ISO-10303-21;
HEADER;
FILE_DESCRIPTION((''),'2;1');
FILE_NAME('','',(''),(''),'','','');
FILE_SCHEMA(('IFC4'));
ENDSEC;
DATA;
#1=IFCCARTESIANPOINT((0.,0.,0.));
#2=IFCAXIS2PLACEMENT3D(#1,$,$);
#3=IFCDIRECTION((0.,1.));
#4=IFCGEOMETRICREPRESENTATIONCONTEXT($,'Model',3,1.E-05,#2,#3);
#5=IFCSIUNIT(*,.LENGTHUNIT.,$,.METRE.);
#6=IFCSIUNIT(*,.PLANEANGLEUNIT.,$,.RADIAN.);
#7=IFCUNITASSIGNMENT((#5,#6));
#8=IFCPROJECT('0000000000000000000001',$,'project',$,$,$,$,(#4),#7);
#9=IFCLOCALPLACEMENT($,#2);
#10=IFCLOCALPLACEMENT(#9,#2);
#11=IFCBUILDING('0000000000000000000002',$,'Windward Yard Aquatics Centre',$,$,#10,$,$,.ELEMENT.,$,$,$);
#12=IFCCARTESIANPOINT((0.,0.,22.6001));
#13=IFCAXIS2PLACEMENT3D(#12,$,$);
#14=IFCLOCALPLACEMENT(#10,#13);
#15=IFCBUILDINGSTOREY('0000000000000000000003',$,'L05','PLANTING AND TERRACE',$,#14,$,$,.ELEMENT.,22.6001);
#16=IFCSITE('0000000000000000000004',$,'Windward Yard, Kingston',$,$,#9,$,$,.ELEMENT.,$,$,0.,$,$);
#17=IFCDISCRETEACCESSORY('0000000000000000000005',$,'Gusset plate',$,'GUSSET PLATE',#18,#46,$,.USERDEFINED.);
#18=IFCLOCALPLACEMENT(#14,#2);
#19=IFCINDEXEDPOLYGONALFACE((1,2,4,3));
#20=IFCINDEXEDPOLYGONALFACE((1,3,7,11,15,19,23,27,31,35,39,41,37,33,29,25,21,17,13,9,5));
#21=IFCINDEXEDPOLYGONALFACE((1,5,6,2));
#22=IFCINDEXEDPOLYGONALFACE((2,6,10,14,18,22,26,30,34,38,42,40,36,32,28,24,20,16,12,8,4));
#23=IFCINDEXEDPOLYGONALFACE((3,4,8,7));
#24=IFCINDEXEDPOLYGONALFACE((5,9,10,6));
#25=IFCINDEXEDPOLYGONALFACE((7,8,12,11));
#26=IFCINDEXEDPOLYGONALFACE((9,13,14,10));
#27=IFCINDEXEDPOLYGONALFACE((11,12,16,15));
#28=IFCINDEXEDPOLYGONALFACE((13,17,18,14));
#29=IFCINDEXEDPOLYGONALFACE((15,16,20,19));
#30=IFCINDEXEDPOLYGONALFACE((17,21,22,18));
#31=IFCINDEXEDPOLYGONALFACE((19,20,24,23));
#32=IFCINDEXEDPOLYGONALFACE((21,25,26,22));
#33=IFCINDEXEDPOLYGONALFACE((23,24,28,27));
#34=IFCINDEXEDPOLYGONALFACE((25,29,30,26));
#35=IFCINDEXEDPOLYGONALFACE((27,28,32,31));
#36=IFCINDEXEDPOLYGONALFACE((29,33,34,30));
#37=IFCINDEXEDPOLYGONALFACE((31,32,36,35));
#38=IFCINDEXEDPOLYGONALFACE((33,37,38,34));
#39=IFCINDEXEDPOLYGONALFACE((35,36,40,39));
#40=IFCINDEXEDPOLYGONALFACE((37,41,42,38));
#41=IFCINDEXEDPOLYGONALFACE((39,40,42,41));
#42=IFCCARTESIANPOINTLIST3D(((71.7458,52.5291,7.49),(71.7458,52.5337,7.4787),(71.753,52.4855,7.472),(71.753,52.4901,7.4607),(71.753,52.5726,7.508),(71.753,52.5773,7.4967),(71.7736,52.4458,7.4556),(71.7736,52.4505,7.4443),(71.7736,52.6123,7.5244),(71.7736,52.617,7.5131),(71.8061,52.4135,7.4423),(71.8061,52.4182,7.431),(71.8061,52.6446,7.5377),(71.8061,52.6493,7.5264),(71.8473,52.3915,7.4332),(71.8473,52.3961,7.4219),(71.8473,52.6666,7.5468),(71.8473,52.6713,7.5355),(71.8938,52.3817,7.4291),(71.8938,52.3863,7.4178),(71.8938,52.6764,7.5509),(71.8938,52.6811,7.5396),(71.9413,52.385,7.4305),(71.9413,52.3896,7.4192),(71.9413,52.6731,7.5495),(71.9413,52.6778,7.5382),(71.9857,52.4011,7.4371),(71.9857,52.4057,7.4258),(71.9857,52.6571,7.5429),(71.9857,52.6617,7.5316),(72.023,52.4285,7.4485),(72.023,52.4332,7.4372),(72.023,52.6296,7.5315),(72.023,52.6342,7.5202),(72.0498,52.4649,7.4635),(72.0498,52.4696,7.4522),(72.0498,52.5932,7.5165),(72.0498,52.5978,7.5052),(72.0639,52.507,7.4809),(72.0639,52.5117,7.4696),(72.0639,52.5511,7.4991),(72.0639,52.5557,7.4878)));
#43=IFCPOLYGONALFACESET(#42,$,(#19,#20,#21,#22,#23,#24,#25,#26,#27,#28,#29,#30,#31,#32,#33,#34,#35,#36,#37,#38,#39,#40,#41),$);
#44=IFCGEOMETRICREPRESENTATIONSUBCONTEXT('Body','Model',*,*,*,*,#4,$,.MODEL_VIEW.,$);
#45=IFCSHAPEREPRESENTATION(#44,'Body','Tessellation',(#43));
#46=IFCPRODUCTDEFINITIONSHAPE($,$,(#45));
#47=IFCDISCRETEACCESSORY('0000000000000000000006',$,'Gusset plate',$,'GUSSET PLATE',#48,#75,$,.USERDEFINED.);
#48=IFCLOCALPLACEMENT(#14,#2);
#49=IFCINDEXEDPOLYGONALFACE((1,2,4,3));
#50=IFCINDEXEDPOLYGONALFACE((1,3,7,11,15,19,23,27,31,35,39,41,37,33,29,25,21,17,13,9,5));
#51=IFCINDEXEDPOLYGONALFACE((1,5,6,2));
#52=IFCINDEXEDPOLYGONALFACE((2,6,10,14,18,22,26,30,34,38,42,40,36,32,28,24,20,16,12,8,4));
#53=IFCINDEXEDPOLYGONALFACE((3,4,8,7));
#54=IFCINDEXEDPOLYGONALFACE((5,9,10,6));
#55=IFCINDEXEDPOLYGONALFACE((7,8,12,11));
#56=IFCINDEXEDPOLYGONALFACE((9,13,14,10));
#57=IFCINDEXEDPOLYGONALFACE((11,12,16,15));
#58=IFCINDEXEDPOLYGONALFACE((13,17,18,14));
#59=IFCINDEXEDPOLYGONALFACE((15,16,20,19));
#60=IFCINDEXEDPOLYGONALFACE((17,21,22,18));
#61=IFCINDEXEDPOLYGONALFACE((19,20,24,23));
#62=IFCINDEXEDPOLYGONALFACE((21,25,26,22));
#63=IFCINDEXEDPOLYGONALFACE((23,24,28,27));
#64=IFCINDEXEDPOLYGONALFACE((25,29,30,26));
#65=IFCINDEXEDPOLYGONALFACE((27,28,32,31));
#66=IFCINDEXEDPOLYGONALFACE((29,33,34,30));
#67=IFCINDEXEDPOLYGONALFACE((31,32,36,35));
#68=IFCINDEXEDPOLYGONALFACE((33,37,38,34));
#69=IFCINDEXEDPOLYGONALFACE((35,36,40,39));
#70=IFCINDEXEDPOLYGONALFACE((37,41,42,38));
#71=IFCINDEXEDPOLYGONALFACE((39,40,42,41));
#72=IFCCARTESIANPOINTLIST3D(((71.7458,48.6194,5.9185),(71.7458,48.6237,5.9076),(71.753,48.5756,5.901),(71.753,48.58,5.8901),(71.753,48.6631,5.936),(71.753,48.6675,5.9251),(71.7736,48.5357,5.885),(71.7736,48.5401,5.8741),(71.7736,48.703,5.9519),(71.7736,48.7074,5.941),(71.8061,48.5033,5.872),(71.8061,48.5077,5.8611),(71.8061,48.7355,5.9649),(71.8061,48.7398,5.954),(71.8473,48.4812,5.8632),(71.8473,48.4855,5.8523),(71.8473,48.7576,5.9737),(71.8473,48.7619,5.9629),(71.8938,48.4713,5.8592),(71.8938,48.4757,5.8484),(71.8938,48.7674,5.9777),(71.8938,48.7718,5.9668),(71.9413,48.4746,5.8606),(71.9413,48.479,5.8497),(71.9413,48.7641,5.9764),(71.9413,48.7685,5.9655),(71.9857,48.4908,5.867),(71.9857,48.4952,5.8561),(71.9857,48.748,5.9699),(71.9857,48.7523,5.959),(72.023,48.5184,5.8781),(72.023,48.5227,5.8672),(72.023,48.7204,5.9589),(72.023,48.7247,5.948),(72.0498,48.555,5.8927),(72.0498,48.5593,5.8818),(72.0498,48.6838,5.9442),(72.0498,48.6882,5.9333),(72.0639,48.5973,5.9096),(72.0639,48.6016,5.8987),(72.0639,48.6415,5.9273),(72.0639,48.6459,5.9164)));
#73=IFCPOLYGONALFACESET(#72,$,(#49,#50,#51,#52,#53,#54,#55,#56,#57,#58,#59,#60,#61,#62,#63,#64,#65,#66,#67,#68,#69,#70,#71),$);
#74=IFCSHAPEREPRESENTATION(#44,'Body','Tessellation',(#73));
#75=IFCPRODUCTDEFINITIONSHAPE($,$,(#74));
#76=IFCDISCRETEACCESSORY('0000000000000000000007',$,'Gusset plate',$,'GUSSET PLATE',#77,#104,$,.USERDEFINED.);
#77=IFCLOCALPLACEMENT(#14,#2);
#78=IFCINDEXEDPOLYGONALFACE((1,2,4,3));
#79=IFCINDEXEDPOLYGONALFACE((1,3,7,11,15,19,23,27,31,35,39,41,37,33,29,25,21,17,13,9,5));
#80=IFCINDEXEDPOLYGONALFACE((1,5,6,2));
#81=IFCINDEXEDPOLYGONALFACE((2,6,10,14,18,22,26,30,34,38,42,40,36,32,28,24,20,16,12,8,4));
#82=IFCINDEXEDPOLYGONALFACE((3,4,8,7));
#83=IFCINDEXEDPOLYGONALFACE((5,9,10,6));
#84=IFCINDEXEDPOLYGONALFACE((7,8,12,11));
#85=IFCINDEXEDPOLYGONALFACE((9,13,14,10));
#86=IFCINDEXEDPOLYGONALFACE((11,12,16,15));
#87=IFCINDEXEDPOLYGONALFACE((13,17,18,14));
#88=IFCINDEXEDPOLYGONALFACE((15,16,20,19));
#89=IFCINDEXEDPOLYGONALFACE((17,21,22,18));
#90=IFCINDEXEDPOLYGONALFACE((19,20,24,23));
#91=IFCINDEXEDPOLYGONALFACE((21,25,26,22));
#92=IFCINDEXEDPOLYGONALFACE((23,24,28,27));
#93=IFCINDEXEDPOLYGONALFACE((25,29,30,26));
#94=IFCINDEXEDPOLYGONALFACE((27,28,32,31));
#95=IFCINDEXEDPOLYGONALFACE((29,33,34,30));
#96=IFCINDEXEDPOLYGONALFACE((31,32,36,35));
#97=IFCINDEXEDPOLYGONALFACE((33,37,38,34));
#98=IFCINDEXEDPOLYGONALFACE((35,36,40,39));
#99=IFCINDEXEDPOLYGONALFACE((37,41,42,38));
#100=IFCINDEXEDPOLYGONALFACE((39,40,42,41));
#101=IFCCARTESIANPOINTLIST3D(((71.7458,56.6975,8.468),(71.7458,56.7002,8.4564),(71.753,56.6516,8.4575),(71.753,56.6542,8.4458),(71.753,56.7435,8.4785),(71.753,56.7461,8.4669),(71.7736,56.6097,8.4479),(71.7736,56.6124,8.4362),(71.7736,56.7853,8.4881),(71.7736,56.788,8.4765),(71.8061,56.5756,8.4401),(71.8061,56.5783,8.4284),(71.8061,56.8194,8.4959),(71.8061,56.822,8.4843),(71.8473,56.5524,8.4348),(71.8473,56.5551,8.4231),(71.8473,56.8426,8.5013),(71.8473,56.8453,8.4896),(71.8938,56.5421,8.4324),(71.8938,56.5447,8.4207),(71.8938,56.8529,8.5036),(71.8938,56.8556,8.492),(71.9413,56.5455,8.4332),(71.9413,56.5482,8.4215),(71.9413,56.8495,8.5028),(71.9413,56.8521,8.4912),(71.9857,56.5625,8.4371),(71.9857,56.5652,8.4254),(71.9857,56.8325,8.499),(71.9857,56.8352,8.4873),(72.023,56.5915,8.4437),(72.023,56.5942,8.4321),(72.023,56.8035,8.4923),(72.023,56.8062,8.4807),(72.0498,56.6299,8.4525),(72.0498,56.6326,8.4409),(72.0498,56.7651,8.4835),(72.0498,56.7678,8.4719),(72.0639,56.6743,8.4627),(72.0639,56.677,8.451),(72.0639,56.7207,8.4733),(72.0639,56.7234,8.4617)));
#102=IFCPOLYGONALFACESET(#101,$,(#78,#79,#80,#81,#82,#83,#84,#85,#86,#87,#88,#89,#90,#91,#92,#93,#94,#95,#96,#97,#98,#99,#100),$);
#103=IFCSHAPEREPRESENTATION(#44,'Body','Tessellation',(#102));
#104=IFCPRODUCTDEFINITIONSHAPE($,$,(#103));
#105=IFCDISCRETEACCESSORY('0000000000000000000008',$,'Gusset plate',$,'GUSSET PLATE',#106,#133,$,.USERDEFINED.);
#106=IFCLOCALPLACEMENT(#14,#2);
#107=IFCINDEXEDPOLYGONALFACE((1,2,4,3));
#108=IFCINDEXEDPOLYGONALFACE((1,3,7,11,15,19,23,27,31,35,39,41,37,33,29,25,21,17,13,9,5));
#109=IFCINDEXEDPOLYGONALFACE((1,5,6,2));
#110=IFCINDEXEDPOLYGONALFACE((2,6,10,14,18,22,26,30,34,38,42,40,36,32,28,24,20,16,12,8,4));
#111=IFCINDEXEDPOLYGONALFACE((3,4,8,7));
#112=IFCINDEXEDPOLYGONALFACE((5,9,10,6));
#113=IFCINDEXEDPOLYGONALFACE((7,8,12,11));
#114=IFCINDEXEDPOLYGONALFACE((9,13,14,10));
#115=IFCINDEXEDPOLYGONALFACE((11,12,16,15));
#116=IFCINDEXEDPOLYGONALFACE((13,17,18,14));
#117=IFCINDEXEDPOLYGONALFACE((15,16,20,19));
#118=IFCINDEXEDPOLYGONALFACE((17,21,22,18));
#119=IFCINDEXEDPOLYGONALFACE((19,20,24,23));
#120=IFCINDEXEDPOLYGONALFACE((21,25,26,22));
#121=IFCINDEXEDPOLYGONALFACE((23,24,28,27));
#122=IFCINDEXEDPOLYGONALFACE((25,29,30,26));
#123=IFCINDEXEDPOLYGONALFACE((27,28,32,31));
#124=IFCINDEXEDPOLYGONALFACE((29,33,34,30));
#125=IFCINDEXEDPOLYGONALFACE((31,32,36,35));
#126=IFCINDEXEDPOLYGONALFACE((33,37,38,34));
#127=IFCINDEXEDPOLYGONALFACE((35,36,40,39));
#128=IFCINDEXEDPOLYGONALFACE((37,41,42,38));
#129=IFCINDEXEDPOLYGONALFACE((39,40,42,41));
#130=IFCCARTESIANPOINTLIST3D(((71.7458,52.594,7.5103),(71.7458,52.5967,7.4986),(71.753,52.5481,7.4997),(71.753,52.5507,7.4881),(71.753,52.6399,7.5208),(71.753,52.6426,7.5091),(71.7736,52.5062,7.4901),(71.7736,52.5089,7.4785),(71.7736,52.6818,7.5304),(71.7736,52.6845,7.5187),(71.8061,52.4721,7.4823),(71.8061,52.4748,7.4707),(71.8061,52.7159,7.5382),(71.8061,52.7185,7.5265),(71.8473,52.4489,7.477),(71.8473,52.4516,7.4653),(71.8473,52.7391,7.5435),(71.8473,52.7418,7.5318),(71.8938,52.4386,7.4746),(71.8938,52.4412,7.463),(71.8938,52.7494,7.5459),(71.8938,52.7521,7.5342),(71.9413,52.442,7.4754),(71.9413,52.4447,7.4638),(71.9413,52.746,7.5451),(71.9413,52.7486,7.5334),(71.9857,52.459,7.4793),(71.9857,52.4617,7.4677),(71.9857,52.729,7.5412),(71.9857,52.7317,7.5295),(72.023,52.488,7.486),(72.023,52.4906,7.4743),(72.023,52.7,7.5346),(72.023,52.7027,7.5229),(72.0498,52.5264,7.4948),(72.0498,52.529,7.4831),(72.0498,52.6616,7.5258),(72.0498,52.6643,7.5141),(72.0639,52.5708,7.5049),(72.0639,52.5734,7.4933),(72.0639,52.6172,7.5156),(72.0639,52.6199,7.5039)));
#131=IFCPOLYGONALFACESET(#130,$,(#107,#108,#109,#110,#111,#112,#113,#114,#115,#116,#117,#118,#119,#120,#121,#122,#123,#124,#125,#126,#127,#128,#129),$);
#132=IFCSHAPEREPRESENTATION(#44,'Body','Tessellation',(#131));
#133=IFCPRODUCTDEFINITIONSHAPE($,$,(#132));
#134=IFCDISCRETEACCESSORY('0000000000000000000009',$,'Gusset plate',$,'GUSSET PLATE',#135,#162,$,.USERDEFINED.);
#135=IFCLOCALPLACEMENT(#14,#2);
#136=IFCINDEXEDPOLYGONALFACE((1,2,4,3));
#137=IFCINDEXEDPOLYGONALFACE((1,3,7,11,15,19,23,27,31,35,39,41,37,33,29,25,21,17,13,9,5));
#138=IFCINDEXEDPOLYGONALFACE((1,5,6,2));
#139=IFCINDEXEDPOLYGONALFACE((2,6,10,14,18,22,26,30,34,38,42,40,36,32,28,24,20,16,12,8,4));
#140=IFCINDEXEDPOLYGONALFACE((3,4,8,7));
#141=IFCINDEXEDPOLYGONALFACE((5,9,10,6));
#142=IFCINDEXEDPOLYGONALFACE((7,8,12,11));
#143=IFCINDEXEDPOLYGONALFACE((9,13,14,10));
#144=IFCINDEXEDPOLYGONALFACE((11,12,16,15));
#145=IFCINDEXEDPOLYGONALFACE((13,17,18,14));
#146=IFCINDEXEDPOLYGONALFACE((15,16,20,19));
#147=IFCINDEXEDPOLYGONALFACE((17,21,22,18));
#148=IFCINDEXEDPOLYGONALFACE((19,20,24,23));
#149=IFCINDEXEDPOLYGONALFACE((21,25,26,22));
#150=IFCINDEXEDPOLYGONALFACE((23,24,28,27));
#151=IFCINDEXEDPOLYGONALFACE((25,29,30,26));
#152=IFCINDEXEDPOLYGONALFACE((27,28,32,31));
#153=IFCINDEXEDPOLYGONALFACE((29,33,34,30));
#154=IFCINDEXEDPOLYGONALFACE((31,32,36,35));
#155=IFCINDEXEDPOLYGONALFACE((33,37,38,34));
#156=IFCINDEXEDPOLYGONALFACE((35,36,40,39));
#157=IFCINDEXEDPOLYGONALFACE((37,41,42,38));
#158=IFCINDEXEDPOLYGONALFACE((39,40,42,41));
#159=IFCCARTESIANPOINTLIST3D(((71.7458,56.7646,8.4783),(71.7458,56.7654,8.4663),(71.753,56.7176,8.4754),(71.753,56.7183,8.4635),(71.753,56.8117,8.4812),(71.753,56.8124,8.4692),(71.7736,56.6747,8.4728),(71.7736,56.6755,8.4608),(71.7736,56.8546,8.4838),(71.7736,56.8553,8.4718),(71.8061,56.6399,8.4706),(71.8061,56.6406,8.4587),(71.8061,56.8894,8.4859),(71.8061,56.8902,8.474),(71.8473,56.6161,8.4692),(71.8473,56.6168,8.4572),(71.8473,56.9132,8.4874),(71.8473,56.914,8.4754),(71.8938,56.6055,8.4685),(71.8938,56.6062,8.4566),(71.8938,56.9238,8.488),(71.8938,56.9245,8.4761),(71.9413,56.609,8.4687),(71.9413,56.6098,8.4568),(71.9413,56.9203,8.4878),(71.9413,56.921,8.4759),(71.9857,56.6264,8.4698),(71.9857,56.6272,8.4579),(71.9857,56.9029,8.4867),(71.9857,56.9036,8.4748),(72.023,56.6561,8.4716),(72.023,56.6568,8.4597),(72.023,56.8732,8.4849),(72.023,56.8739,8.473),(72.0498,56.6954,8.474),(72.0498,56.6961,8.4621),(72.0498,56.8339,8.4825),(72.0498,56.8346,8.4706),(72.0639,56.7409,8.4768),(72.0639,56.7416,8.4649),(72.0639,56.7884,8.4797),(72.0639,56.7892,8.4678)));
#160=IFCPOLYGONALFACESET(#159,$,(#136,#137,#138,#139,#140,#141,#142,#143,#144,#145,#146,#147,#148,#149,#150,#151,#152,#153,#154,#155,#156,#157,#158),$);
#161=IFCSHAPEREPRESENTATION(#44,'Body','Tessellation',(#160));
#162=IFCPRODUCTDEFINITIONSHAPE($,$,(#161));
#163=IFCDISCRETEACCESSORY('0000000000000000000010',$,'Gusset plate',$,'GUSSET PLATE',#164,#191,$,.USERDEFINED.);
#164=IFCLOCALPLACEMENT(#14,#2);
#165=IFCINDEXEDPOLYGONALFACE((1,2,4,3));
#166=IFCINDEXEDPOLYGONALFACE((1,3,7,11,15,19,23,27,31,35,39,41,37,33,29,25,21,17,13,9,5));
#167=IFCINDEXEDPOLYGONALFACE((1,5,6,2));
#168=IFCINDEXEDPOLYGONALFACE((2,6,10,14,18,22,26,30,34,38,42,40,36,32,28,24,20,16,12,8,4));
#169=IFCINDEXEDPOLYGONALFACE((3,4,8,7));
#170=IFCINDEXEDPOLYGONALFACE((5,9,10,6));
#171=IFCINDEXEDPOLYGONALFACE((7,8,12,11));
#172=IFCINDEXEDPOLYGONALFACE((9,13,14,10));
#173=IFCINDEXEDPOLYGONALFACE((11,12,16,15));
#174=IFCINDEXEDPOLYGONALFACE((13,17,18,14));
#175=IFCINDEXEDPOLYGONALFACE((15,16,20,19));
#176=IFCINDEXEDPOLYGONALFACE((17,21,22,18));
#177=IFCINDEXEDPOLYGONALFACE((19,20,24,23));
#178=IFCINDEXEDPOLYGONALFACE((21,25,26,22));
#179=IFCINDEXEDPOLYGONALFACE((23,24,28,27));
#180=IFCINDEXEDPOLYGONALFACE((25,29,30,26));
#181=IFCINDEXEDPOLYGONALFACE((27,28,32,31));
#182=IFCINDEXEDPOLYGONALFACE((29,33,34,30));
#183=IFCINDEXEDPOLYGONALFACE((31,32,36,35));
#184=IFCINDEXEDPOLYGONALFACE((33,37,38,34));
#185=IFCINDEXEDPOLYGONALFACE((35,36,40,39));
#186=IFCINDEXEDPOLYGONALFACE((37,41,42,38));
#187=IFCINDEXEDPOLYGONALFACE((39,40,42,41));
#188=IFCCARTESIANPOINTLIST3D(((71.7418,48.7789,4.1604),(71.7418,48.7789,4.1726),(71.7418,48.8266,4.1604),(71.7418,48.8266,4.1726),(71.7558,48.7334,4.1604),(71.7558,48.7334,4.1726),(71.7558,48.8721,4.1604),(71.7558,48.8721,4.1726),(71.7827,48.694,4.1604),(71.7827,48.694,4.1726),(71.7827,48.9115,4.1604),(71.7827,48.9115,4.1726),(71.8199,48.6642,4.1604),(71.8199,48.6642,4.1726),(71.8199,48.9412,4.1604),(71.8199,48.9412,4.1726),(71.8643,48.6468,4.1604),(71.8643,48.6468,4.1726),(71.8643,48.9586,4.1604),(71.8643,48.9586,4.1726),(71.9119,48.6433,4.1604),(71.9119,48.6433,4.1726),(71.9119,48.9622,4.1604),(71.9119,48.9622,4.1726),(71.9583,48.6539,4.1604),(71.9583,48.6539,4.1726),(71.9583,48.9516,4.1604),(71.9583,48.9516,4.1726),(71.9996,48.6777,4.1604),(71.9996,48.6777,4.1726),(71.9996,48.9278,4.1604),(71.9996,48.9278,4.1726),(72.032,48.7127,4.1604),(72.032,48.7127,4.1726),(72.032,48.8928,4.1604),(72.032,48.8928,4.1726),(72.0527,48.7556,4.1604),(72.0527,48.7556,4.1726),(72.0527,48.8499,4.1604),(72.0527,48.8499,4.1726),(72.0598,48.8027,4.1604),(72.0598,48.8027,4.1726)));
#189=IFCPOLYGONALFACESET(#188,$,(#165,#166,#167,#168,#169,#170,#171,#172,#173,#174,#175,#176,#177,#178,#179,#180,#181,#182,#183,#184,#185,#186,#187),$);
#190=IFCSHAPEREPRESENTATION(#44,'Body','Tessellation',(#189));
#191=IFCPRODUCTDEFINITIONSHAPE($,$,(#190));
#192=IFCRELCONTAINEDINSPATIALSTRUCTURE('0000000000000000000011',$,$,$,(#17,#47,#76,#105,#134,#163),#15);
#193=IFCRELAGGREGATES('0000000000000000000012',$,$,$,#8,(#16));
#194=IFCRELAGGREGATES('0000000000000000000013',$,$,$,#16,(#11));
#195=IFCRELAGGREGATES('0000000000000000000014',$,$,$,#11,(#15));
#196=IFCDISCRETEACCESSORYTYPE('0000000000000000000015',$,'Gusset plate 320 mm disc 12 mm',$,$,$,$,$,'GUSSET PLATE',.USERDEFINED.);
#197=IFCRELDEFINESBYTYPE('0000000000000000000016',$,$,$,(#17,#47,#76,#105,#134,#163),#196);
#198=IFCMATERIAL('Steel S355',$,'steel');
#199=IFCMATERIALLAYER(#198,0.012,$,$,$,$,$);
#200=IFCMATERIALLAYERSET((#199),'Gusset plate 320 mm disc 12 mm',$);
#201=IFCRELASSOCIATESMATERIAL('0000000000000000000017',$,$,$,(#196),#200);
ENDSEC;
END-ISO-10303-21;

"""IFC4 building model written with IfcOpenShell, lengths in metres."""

from ifc_helpers import new_model, si_unit, direction, frame, origin, origin_2d, place, context, subcontext, project, spatial, circle, extrude, material, layer, layer_set, type_object, element, save


model = new_model("IFC4")

# Units and contexts
model_context = context("Model", 3, precision=1e-05, world=origin(), true_north=direction((0.0, 1.0)))
body_context = subcontext(model_context, "Body", "Model", "MODEL_VIEW")
ifc_project = project(units=[si_unit("LENGTHUNIT", "METRE"), si_unit("PLANEANGLEUNIT", "RADIAN")], contexts=[model_context])

# Site, building, storey
site_placement = place(None, origin())
site = spatial("IfcSite", under=ifc_project, at=site_placement, Name="Windward Yard, Kingston", CompositionType="ELEMENT", RefElevation=0.0)
building_placement = place(site_placement, origin())
building = spatial("IfcBuilding", under=site, at=building_placement, Name="Windward Yard Aquatics Centre", CompositionType="ELEMENT")
storey_placement = place(building_placement, frame((0.0, 0.0, 22.6001)))
storey = spatial("IfcBuildingStorey", under=building, at=storey_placement, Name="L05", Description="PLANTING AND TERRACE", CompositionType="ELEMENT", Elevation=22.6001)

# Discrete accessories
ifc_material_1 = material(Name="Steel S355", Category="steel")
ifc_layer = layer(ifc_material_1, 0.012)
ifc_layer_set = layer_set([ifc_layer], Name="Gusset plate 320 mm disc 12 mm")
discrete_accessory_type = type_object("IfcDiscreteAccessoryType", Name="Gusset plate 320 mm disc 12 mm", ElementType="GUSSET PLATE", PredefinedType="USERDEFINED", material=ifc_layer_set)
discrete_accessory_1_placement = place(storey_placement, frame((71.9058, 52.5291, 7.49), z_axis=(0.0, 0.38176, -0.924261), x_axis=(-1.0, 0.0, 0.0)))
element("IfcDiscreteAccessory", 1, at=discrete_accessory_1_placement, inside=storey, type_object=discrete_accessory_type, Name="Gusset plate", ObjectType="GUSSET PLATE", PredefinedType="USERDEFINED", context=body_context, shape_type="SweptSolid", body=[
    extrude(circle(Radius=0.1599, at=origin_2d()), origin(), (0.0, 0.0, 1.0), 0.0122),
])
discrete_accessory_2_placement = place(storey_placement, frame((71.9058, 48.6194, 5.9185), z_axis=(0.0, 0.371391, -0.928477), x_axis=(-1.0, 0.0, 0.0)))
element("IfcDiscreteAccessory", 2, at=discrete_accessory_2_placement, inside=storey, type_object=discrete_accessory_type, Name="Gusset plate", ObjectType="GUSSET PLATE", PredefinedType="USERDEFINED", context=body_context, shape_type="SweptSolid", body=[
    extrude(circle(Radius=0.1599, at=origin_2d()), origin(), (0.0, 0.0, 1.0), 0.0117),
])
for number, where, z_axis, x_axis, name in (
    (3, (71.9058, 56.6975, 8.468), (0.0, 0.223376, -0.974732), (-1.0, 0.0, 0.0), "Gusset plate"),
    (4, (71.9058, 52.594, 7.5103), (0.0, 0.223376, -0.974732), (-1.0, 0.0, 0.0), "Gusset plate"),
    (5, (71.9058, 56.7646, 8.4783), (0.0, 0.06111, -0.998131), (-1.0, 0.0, 0.0), "Gusset plate"),
):
    element("IfcDiscreteAccessory", number, at=place(storey_placement, frame(where, z_axis=z_axis, x_axis=x_axis)), inside=storey, type_object=discrete_accessory_type, Name=name, ObjectType="GUSSET PLATE", PredefinedType="USERDEFINED", context=body_context, shape_type="SweptSolid", body=[
        extrude(circle(Radius=0.1599, at=origin_2d()), origin(), (0.0, 0.0, 1.0), 0.012),
    ])
discrete_accessory_3_placement = place(storey_placement, frame((71.8999, 48.8027, 4.1604), z_axis=(0.0, 0.0, 1.0), x_axis=(1.0, 0.0, 0.0)))
element("IfcDiscreteAccessory", 6, at=discrete_accessory_3_placement, inside=storey, type_object=discrete_accessory_type, Name="Gusset plate", ObjectType="GUSSET PLATE", PredefinedType="USERDEFINED", context=body_context, shape_type="SweptSolid", body=[
    extrude(circle(Radius=0.1599, at=origin_2d()), origin(), (0.0, 0.0, 1.0), 0.0122),
])

save(model, "model.ifc")
